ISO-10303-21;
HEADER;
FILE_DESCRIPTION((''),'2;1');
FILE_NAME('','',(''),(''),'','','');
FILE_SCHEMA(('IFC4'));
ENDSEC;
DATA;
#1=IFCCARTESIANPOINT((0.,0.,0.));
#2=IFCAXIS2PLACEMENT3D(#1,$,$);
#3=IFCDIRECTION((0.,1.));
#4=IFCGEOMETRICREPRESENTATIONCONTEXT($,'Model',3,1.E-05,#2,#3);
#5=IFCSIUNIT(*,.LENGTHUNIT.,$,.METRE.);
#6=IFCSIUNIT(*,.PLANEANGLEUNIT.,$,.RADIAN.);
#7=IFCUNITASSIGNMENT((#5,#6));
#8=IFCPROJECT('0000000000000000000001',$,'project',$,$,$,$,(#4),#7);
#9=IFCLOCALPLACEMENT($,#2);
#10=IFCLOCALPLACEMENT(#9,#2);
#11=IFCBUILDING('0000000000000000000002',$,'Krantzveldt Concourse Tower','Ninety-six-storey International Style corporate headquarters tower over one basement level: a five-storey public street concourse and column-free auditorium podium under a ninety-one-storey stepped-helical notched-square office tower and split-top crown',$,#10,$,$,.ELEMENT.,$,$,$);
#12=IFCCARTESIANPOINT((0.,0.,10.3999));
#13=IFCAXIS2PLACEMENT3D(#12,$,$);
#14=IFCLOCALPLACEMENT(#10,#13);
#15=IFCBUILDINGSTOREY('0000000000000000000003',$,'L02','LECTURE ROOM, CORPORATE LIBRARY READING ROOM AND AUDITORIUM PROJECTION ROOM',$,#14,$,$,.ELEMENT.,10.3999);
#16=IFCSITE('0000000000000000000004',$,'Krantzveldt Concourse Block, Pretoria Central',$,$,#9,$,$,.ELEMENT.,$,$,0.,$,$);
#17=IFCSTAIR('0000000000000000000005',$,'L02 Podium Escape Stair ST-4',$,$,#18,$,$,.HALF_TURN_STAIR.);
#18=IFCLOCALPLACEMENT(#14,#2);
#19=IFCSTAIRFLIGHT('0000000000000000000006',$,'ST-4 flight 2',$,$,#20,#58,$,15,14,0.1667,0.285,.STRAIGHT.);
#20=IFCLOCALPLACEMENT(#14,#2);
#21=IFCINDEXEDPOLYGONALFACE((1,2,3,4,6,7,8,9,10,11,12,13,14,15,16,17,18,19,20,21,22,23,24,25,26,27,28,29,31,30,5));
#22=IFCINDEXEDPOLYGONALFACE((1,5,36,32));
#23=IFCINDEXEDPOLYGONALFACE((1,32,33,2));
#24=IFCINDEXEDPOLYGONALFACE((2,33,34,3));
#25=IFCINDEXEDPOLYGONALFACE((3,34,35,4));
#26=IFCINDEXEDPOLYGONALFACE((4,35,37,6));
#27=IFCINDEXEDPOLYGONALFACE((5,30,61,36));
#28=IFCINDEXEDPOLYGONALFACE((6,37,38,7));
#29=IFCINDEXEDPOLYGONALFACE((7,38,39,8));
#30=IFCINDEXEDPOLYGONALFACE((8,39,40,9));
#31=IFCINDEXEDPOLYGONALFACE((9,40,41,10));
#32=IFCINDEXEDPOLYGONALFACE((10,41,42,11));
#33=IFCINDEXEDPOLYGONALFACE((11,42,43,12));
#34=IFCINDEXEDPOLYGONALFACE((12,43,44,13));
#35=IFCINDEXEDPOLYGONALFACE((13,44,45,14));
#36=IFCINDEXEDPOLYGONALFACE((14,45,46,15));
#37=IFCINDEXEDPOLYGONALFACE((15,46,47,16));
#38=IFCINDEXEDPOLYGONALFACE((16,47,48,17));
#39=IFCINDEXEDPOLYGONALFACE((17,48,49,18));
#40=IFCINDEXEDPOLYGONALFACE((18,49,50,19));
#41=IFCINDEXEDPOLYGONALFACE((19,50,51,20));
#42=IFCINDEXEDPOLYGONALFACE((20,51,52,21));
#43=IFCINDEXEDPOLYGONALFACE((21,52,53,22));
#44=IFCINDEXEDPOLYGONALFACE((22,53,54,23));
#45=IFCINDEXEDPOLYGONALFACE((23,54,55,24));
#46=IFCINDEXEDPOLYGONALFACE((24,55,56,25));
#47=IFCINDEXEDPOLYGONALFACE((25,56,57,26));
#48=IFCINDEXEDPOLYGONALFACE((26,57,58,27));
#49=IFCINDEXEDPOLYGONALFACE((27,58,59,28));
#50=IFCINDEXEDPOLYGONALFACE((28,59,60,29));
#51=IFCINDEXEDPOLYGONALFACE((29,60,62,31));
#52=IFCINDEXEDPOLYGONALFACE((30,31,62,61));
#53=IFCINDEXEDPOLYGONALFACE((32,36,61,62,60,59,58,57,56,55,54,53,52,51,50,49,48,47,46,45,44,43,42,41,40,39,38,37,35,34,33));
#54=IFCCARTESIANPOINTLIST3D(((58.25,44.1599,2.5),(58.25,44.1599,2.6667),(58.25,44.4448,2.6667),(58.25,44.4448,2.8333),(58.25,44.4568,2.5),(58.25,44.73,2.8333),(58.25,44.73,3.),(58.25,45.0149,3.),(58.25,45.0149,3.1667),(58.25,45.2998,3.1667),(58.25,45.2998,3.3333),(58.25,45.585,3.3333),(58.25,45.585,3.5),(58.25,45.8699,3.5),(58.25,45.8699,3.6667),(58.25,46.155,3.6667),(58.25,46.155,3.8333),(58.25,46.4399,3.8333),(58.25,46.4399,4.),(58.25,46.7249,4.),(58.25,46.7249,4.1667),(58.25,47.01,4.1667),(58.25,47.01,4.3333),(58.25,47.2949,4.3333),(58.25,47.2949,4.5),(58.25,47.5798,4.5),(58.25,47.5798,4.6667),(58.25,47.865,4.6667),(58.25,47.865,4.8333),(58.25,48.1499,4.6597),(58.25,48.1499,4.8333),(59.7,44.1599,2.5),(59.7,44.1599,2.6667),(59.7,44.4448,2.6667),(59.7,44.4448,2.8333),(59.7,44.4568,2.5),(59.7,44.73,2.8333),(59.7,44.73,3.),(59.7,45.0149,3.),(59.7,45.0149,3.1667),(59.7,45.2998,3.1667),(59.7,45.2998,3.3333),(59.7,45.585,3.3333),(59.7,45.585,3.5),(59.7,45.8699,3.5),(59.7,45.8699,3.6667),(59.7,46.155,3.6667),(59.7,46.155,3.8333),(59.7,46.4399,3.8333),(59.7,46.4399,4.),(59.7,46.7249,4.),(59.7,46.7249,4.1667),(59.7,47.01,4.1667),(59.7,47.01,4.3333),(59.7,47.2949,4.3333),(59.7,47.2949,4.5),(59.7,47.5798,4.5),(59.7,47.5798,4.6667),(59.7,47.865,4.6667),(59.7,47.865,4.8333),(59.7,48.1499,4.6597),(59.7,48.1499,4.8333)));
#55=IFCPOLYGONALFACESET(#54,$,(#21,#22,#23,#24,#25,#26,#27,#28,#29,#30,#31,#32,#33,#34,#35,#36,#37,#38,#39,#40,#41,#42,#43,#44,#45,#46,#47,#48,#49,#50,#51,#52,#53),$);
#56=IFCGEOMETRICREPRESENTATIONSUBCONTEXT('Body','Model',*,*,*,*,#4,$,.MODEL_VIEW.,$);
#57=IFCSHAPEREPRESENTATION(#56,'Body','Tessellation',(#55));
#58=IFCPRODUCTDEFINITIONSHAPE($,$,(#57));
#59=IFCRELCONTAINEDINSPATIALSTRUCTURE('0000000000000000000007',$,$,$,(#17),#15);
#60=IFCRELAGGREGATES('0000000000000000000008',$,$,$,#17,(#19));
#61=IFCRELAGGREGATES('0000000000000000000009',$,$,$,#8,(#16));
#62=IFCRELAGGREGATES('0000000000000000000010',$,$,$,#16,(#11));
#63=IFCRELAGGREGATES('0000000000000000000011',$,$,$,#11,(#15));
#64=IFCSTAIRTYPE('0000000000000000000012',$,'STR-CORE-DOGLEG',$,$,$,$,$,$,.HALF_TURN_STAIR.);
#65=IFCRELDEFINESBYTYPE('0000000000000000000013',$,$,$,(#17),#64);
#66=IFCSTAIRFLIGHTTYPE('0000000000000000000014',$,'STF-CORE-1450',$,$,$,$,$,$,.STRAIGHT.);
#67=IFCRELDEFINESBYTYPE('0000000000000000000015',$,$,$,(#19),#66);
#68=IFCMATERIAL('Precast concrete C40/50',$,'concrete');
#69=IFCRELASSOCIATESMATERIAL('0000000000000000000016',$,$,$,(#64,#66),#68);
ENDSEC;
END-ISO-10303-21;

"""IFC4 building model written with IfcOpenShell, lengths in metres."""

from ifc_helpers import new_model, si_unit, direction, frame, origin, place, context, subcontext, project, spatial, polyline, outline, extrude, material, type_object, element, aggregate, save


model = new_model("IFC4")

# Units and contexts
model_context = context("Model", 3, precision=1e-05, world=origin(), true_north=direction((0.0, 1.0)))
body_context = subcontext(model_context, "Body", "Model", "MODEL_VIEW")
ifc_project = project(units=[si_unit("LENGTHUNIT", "METRE"), si_unit("PLANEANGLEUNIT", "RADIAN")], contexts=[model_context])

# Site, building, storey
site_placement = place(None, origin())
site = spatial("IfcSite", under=ifc_project, at=site_placement, Name="Krantzveldt Concourse Block, Pretoria Central", CompositionType="ELEMENT", RefElevation=0.0)
building_placement = place(site_placement, origin())
building = spatial("IfcBuilding", under=site, at=building_placement, Name="Krantzveldt Concourse Tower", Description="Ninety-six-storey International Style corporate headquarters tower over one basement level: a five-storey public street concourse and column-free auditorium podium under a ninety-one-storey stepped-helical notched-square office tower and split-top crown", CompositionType="ELEMENT")
storey_placement = place(building_placement, frame((0.0, 0.0, 10.3999)))
storey = spatial("IfcBuildingStorey", under=building, at=storey_placement, Name="L02", Description="LECTURE ROOM, CORPORATE LIBRARY READING ROOM AND AUDITORIUM PROJECTION ROOM", CompositionType="ELEMENT", Elevation=10.3999)

# Stair, stair flight
ifc_material_1 = material(Name="Precast concrete C40/50", Category="concrete")
stair_type = type_object("IfcStairType", Name="STR-CORE-DOGLEG", PredefinedType="HALF_TURN_STAIR", material=ifc_material_1)
stair_placement = place(storey_placement, origin())
stair = element("IfcStair", 1, at=stair_placement, inside=storey, type_object=stair_type, Name="L02 Podium Escape Stair ST-4", PredefinedType="HALF_TURN_STAIR")
stair_flight_type = type_object("IfcStairFlightType", Name="STF-CORE-1450", PredefinedType="STRAIGHT", material=ifc_material_1)
stair_flight_1_placement = place(storey_placement, frame((58.9751, 44.1599, 2.5), z_axis=(0.0, 0.0, 1.0), x_axis=(0.0, 1.0, 0.0)))
stair_flight_1 = element("IfcStairFlight", 2, at=stair_flight_1_placement, type_object=stair_flight_type, Name="ST-4 flight 2", NumberOfRisers=15, NumberOfTreads=14, PredefinedType="STRAIGHT", RiserHeight=0.1667, TreadLength=0.285, context=body_context, shape_type="SweptSolid", body=[
    extrude(outline(polyline([(0.0, 0.0), (0.0, 0.1667), (0.2849, 0.1667), (0.2849, 0.3333), (0.5701, 0.3333), (0.5701, 0.5), (0.855, 0.5), (0.855, 0.6667), (1.1399, 0.6667), (1.1399, 0.8333), (1.425, 0.8333), (1.425, 1.0), (1.71, 1.0), (1.71, 1.1667), (1.9951, 1.1667), (1.9951, 1.3333), (2.28, 1.3333), (2.28, 1.5), (2.5649, 1.5), (2.5649, 1.6667), (2.8501, 1.6667), (2.8501, 1.8333), (3.135, 1.8333), (3.135, 2.0), (3.4199, 2.0), (3.4199, 2.1667), (3.7051, 2.1667), (3.7051, 2.3333), (3.99, 2.3333), (3.99, 2.5), (3.99, 2.1597), (0.2969, 0.0), (0.0, 0.0)])), frame((0.0, 0.7251, 0.0), z_axis=(0.0, -1.0, 0.0), x_axis=(1.0, 0.0, 0.0)), (0.0, 0.0, 1.0), 1.45),
])
aggregate(stair, [stair_flight_1])

save(model, "model.ifc")
